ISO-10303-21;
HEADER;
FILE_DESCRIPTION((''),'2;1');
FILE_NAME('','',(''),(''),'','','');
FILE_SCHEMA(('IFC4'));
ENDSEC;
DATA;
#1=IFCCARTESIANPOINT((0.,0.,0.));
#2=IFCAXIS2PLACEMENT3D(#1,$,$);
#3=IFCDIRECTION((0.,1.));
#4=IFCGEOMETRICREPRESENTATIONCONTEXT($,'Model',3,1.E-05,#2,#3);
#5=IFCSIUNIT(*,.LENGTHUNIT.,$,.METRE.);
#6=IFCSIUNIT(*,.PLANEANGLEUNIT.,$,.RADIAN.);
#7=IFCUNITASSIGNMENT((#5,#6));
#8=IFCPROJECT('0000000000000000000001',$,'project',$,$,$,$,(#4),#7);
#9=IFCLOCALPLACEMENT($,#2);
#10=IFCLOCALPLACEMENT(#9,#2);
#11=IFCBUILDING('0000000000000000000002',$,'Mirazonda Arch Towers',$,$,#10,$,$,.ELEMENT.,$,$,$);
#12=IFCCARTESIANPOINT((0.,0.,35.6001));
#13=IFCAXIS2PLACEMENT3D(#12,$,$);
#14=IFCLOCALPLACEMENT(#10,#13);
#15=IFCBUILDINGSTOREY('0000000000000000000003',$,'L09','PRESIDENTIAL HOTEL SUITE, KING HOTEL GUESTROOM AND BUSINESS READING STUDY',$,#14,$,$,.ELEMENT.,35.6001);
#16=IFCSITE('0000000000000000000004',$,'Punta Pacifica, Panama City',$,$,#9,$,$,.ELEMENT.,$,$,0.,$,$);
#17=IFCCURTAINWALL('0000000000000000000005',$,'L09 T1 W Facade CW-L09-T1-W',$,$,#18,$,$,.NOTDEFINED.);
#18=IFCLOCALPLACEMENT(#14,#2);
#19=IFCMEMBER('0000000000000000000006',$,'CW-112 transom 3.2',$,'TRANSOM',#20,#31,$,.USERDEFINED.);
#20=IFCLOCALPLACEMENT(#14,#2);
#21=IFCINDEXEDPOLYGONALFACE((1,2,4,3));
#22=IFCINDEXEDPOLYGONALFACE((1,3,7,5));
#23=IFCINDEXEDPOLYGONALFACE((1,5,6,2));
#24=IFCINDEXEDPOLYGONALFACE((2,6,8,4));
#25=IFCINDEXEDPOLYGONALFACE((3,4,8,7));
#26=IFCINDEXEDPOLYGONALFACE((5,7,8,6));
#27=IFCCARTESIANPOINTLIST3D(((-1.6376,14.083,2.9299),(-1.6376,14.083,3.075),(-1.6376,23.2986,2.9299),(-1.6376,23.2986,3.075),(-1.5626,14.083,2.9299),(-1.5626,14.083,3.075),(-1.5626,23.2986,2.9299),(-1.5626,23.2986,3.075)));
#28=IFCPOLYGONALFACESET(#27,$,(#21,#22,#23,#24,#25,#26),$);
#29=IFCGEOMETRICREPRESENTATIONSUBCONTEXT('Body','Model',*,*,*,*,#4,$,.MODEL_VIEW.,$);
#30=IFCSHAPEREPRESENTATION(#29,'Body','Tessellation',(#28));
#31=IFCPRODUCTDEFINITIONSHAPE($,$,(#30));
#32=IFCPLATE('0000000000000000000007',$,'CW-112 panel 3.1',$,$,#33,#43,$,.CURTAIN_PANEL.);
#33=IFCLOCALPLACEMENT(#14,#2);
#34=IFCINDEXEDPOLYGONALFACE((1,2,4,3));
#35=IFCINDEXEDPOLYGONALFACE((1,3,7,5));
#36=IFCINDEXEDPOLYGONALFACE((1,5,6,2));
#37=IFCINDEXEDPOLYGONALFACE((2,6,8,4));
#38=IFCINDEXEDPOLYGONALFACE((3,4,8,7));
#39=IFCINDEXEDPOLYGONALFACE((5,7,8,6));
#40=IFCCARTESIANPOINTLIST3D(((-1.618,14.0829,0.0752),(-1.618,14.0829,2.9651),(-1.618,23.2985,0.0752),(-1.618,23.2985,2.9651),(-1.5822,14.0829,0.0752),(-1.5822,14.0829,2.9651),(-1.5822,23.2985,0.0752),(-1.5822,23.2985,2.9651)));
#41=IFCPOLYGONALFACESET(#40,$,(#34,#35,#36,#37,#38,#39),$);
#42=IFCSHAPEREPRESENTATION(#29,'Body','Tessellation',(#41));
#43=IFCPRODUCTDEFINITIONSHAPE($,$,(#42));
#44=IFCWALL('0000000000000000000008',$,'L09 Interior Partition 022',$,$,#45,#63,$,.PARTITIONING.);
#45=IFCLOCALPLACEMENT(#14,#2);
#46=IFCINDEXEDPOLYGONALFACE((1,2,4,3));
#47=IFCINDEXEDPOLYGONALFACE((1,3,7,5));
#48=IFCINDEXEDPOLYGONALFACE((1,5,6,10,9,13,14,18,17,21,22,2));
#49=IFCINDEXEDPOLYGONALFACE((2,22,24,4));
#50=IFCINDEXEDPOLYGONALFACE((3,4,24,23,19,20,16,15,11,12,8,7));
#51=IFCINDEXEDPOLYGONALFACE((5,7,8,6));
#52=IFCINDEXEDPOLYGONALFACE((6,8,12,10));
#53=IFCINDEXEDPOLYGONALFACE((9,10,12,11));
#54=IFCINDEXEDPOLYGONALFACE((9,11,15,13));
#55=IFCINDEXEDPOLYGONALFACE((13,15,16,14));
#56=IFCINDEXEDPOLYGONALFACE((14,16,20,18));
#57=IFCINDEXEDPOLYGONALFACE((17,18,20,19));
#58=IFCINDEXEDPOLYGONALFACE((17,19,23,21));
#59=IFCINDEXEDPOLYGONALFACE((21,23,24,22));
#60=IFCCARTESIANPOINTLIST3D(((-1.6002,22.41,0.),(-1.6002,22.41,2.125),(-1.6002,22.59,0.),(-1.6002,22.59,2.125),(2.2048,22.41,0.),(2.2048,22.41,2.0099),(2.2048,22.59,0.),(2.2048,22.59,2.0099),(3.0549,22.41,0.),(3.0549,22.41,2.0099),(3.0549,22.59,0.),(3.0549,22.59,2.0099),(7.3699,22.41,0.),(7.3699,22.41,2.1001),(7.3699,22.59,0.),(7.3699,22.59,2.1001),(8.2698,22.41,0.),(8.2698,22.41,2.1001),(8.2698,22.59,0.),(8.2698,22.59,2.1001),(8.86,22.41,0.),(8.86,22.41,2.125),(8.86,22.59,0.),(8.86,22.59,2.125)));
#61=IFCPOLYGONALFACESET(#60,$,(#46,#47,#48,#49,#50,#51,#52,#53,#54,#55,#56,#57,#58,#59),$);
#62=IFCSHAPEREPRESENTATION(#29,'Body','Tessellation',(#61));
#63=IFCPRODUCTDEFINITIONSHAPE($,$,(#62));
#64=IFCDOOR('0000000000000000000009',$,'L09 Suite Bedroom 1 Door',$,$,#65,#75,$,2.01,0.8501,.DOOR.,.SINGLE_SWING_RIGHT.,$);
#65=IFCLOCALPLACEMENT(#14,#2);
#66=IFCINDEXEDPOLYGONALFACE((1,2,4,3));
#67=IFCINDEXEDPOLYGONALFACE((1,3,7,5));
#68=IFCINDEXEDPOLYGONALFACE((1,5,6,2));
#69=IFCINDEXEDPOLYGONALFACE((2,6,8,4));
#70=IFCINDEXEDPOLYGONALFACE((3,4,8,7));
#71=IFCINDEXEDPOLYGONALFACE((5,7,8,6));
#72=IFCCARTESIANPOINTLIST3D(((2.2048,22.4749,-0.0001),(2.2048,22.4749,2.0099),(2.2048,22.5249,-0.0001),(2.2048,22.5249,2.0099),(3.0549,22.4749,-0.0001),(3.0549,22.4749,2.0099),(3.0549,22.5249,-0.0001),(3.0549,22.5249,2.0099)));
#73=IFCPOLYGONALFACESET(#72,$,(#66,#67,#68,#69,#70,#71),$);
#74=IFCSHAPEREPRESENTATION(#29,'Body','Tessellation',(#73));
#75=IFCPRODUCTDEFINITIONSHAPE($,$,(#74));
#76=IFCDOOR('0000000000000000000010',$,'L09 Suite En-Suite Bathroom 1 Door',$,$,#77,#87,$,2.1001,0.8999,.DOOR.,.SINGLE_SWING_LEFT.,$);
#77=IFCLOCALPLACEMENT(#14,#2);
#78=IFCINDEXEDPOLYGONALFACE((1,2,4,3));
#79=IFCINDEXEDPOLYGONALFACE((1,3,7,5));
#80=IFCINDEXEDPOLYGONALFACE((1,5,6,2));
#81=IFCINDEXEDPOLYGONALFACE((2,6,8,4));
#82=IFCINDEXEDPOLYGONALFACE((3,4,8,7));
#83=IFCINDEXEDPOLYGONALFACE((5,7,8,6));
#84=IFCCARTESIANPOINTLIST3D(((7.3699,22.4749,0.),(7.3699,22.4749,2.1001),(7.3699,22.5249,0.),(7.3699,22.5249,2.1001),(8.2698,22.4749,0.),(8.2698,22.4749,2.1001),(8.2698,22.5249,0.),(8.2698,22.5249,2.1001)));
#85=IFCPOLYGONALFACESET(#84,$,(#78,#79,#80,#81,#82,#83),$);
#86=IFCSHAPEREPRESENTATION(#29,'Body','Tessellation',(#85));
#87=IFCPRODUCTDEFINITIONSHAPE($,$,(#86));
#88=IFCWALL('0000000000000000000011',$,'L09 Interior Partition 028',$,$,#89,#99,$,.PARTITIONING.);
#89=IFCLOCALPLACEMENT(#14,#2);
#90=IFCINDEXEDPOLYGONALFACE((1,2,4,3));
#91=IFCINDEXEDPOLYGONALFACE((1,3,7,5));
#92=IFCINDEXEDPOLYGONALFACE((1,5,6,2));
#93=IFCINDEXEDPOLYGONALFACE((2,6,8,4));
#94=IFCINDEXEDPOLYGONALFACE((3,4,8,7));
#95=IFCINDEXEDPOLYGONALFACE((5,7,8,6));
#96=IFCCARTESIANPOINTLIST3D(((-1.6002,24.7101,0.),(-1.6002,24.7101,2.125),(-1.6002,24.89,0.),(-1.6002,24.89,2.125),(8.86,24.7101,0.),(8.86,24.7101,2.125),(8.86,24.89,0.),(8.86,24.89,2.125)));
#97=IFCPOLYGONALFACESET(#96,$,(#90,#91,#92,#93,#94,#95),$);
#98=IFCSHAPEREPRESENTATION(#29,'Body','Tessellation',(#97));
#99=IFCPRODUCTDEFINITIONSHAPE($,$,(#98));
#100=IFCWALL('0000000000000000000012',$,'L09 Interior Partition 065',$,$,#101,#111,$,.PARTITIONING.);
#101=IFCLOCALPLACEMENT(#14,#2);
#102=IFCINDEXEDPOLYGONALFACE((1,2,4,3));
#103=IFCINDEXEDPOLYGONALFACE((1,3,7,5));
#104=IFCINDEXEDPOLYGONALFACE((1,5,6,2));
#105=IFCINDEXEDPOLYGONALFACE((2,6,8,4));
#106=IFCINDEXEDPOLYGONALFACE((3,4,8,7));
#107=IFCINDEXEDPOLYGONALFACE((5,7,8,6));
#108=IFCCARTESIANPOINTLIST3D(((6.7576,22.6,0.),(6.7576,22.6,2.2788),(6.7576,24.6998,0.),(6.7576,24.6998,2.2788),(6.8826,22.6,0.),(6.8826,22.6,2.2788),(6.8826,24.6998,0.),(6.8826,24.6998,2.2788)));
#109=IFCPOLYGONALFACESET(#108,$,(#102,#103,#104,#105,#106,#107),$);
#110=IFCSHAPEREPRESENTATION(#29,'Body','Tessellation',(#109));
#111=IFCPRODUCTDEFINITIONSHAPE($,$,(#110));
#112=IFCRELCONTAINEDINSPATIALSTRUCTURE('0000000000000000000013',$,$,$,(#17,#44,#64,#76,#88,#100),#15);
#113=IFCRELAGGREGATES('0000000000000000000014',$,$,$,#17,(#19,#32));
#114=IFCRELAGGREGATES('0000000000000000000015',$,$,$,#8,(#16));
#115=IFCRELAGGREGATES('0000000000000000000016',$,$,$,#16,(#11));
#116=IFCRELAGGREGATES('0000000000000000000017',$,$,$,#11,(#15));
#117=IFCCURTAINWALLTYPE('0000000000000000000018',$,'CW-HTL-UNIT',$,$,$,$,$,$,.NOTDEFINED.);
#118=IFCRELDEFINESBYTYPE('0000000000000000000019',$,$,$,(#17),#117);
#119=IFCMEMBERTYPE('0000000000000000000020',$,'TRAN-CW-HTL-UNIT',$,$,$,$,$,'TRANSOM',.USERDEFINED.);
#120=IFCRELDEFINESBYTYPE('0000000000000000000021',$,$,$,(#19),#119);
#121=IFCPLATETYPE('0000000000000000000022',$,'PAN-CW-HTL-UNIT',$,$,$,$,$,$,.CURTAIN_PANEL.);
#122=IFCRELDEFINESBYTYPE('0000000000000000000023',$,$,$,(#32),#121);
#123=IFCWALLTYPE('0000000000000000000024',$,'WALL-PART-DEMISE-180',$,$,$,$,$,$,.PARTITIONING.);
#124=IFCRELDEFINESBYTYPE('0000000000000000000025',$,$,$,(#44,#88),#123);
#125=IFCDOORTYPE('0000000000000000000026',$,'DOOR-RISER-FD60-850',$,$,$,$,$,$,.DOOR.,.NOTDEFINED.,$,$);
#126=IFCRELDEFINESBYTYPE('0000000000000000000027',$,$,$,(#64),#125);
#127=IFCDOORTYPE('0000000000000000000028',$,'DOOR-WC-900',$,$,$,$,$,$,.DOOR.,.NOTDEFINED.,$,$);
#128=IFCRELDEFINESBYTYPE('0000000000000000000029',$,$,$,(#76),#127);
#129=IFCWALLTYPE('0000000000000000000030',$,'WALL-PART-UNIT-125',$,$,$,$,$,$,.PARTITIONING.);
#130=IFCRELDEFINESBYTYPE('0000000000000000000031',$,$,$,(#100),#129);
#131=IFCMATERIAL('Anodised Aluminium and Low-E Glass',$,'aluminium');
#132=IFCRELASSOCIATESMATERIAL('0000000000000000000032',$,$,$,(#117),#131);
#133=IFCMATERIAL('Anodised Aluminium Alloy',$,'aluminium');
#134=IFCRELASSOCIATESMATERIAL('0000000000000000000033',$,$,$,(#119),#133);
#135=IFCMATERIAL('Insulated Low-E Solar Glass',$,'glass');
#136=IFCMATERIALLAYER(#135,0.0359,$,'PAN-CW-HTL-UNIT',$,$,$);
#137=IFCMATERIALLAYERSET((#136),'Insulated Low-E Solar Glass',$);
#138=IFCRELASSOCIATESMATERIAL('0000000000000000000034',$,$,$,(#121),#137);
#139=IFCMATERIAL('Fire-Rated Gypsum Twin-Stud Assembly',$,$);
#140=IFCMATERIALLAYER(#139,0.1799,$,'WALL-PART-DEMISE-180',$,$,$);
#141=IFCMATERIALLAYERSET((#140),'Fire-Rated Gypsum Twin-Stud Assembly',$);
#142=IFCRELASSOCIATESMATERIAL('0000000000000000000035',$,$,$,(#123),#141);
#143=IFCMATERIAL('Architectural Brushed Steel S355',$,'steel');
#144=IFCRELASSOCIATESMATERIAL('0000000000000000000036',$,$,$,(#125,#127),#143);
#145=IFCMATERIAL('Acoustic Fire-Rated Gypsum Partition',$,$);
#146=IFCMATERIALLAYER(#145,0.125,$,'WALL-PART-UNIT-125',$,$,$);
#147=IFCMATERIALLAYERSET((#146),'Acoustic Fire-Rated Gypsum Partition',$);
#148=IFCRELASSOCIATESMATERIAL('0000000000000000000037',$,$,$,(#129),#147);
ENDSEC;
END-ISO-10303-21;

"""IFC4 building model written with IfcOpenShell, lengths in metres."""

from ifc_helpers import new_model, si_unit, direction, frame, frame_2d, origin, origin_2d, place, context, subcontext, project, spatial, rectangle, extrude, material, layer, layer_set, material_profile, profile_set, type_object, element, fill, aggregate, save


model = new_model("IFC4")

# Units and contexts
model_context = context("Model", 3, precision=1e-05, world=origin(), true_north=direction((0.0, 1.0)))
body_context = subcontext(model_context, "Body", "Model", "MODEL_VIEW")
ifc_project = project(units=[si_unit("LENGTHUNIT", "METRE"), si_unit("PLANEANGLEUNIT", "RADIAN")], contexts=[model_context])

# Site, building, storey
site_placement = place(None, origin())
site = spatial("IfcSite", under=ifc_project, at=site_placement, Name="Punta Pacifica, Panama City", CompositionType="ELEMENT", RefElevation=0.0)
building_placement = place(site_placement, origin())
building = spatial("IfcBuilding", under=site, at=building_placement, Name="Mirazonda Arch Towers", CompositionType="ELEMENT")
storey_placement = place(building_placement, frame((0.0, 0.0, 35.6001)))
storey = spatial("IfcBuildingStorey", under=building, at=storey_placement, Name="L09", Description="PRESIDENTIAL HOTEL SUITE, KING HOTEL GUESTROOM AND BUSINESS READING STUDY", CompositionType="ELEMENT", Elevation=35.6001)

# Curtain wall, member, plate
ifc_material_1 = material(Name="Anodised Aluminium and Low-E Glass", Category="aluminium")
curtain_wall_type = type_object("IfcCurtainWallType", Name="CW-HTL-UNIT", PredefinedType="NOTDEFINED", material=ifc_material_1)
curtain_wall_placement = place(storey_placement, origin())
curtain_wall = element("IfcCurtainWall", 1, at=curtain_wall_placement, inside=storey, type_object=curtain_wall_type, Name="L09 T1 W Facade CW-L09-T1-W", PredefinedType="NOTDEFINED")
ifc_material_2 = material(Name="Anodised Aluminium Alloy", Category="aluminium")
ifc_material_profile_1 = material_profile(ifc_material_2, rectangle(XDim=0.075, YDim=0.145, at=origin_2d()), Name="ALU-TRAN-75x145")
ifc_profile_set_1 = profile_set([ifc_material_profile_1], Name="Anodised Aluminium Alloy")
member_type_1 = type_object("IfcMemberType", Name="TRAN-CW-HTL-UNIT", ElementType="TRANSOM", PredefinedType="USERDEFINED", material=ifc_profile_set_1)
member_1_placement = place(storey_placement, frame((-1.6001, 23.2986, 3.0024), z_axis=(0.0, -1.0, 0.0), x_axis=(1.0, 0.0, 0.0)))
member_1 = element("IfcMember", 2, at=member_1_placement, type_object=member_type_1, Name="CW-112 transom 3.2", ObjectType="TRANSOM", PredefinedType="USERDEFINED", context=body_context, shape_type="SweptSolid", body=[
    extrude(rectangle(XDim=0.075, YDim=0.145, at=origin_2d()), origin(), (0.0, 0.0, 1.0), 9.2156),
])
ifc_material_3 = material(Name="Insulated Low-E Solar Glass", Category="glass")
ifc_layer_1 = layer(ifc_material_3, 0.0359, Name="PAN-CW-HTL-UNIT")
ifc_layer_set_1 = layer_set([ifc_layer_1], Name="Insulated Low-E Solar Glass")
plate_type = type_object("IfcPlateType", Name="PAN-CW-HTL-UNIT", PredefinedType="CURTAIN_PANEL", material=ifc_layer_set_1)
plate_placement = place(storey_placement, frame((-1.6001, 18.6907, 0.0752), z_axis=(0.0, 0.0, 1.0), x_axis=(0.0, -1.0, 0.0)))
plate = element("IfcPlate", 3, at=plate_placement, type_object=plate_type, Name="CW-112 panel 3.1", PredefinedType="CURTAIN_PANEL", context=body_context, shape_type="SweptSolid", body=[
    extrude(rectangle(XDim=9.2156, YDim=0.0359, at=origin_2d()), origin(), (0.0, 0.0, 1.0), 2.8899),
])
aggregate(curtain_wall, [member_1, plate])

# Wall, openings, doors
ifc_material_4 = material(Name="Fire-Rated Gypsum Twin-Stud Assembly")
ifc_layer_2 = layer(ifc_material_4, 0.1799, Name="WALL-PART-DEMISE-180")
ifc_layer_set_2 = layer_set([ifc_layer_2], Name="Fire-Rated Gypsum Twin-Stud Assembly")
wall_type_1 = type_object("IfcWallType", Name="WALL-PART-DEMISE-180", PredefinedType="PARTITIONING", material=ifc_layer_set_2)
wall_1_placement = place(storey_placement, frame((-1.6001, 22.5, 0.0), z_axis=(0.0, 0.0, 1.0), x_axis=(1.0, 0.0, 0.0)))
wall_1 = element("IfcWall", 4, at=wall_1_placement, inside=storey, type_object=wall_type_1, Name="L09 Interior Partition 022", PredefinedType="PARTITIONING", context=body_context, shape_type="SweptSolid", body=[
    extrude(rectangle(XDim=10.4602, YDim=0.1799, at=frame_2d((5.23, 0.0))), origin(), (0.0, 0.0, 1.0), 2.125),
])
opening_1_placement = place(wall_1_placement, frame((3.8049, 0.0, 0.0)))
opening_1 = element("IfcOpeningElement", 5, at=opening_1_placement, cuts=wall_1, PredefinedType="OPENING", context=body_context, shape_type="SweptSolid", body=[
    extrude(rectangle(XDim=0.8501, YDim=2.01, at=frame_2d((0.425, 1.0049))), frame((0.0, 0.0999, 0.0), z_axis=(0.0, -1.0, 0.0), x_axis=(1.0, 0.0, 0.0)), (0.0, 0.0, 1.0), 0.2),
])
opening_2_placement = place(wall_1_placement, frame((8.97, 0.0, 0.0)))
opening_2 = element("IfcOpeningElement", 6, at=opening_2_placement, cuts=wall_1, PredefinedType="OPENING", context=body_context, shape_type="SweptSolid", body=[
    extrude(rectangle(XDim=0.8999, YDim=2.1001, at=frame_2d((0.45, 1.05))), frame((0.0, 0.0999, 0.0), z_axis=(0.0, -1.0, 0.0), x_axis=(1.0, 0.0, 0.0)), (0.0, 0.0, 1.0), 0.2),
])
ifc_material_5 = material(Name="Architectural Brushed Steel S355", Category="steel")
door_type_1 = type_object("IfcDoorType", Name="DOOR-RISER-FD60-850", OperationType="NOTDEFINED", PredefinedType="DOOR", material=ifc_material_5)
door_1_placement = place(opening_1_placement, origin())
door_1 = element("IfcDoor", 7, at=door_1_placement, inside=storey, type_object=door_type_1, Name="L09 Suite Bedroom 1 Door", OperationType="SINGLE_SWING_RIGHT", OverallHeight=2.01, OverallWidth=0.8501, PredefinedType="DOOR", context=body_context, shape_type="SweptSolid", body=[
    extrude(rectangle(XDim=0.8501, YDim=2.01, at=frame_2d((0.425, 1.0049))), frame((0.0, 0.0249, 0.0), z_axis=(0.0, -1.0, 0.0), x_axis=(1.0, 0.0, 0.0)), (0.0, 0.0, 1.0), 0.05),
])
fill(opening_1, door_1)
door_type_2 = type_object("IfcDoorType", Name="DOOR-WC-900", OperationType="NOTDEFINED", PredefinedType="DOOR", material=ifc_material_5)
door_2_placement = place(opening_2_placement, origin())
door_2 = element("IfcDoor", 8, at=door_2_placement, inside=storey, type_object=door_type_2, Name="L09 Suite En-Suite Bathroom 1 Door", OperationType="SINGLE_SWING_LEFT", OverallHeight=2.1001, OverallWidth=0.8999, PredefinedType="DOOR", context=body_context, shape_type="SweptSolid", body=[
    extrude(rectangle(XDim=0.8999, YDim=2.1001, at=frame_2d((0.45, 1.05))), frame((0.0, 0.0249, 0.0), z_axis=(0.0, -1.0, 0.0), x_axis=(1.0, 0.0, 0.0)), (0.0, 0.0, 1.0), 0.05),
])
fill(opening_2, door_2)

# Walls
wall_2_placement = place(storey_placement, frame((-1.6001, 24.8, 0.0), z_axis=(0.0, 0.0, 1.0), x_axis=(1.0, 0.0, 0.0)))
element("IfcWall", 9, at=wall_2_placement, inside=storey, type_object=wall_type_1, Name="L09 Interior Partition 028", PredefinedType="PARTITIONING", context=body_context, shape_type="SweptSolid", body=[
    extrude(rectangle(XDim=10.4602, YDim=0.1799, at=frame_2d((5.23, 0.0))), origin(), (0.0, 0.0, 1.0), 2.125),
])
ifc_material_6 = material(Name="Acoustic Fire-Rated Gypsum Partition")
ifc_layer_3 = layer(ifc_material_6, 0.125, Name="WALL-PART-UNIT-125")
ifc_layer_set_3 = layer_set([ifc_layer_3], Name="Acoustic Fire-Rated Gypsum Partition")
wall_type_2 = type_object("IfcWallType", Name="WALL-PART-UNIT-125", PredefinedType="PARTITIONING", material=ifc_layer_set_3)
wall_3_placement = place(storey_placement, frame((6.8201, 22.6001, 0.0), z_axis=(0.0, 0.0, 1.0), x_axis=(0.0, 1.0, 0.0)))
element("IfcWall", 10, at=wall_3_placement, inside=storey, type_object=wall_type_2, Name="L09 Interior Partition 065", PredefinedType="PARTITIONING", context=body_context, shape_type="SweptSolid", body=[
    extrude(rectangle(XDim=2.0999, YDim=0.125, at=frame_2d((1.0498, 0.0))), origin(), (0.0, 0.0, 1.0), 2.2788),
])

save(model, "model.ifc")
